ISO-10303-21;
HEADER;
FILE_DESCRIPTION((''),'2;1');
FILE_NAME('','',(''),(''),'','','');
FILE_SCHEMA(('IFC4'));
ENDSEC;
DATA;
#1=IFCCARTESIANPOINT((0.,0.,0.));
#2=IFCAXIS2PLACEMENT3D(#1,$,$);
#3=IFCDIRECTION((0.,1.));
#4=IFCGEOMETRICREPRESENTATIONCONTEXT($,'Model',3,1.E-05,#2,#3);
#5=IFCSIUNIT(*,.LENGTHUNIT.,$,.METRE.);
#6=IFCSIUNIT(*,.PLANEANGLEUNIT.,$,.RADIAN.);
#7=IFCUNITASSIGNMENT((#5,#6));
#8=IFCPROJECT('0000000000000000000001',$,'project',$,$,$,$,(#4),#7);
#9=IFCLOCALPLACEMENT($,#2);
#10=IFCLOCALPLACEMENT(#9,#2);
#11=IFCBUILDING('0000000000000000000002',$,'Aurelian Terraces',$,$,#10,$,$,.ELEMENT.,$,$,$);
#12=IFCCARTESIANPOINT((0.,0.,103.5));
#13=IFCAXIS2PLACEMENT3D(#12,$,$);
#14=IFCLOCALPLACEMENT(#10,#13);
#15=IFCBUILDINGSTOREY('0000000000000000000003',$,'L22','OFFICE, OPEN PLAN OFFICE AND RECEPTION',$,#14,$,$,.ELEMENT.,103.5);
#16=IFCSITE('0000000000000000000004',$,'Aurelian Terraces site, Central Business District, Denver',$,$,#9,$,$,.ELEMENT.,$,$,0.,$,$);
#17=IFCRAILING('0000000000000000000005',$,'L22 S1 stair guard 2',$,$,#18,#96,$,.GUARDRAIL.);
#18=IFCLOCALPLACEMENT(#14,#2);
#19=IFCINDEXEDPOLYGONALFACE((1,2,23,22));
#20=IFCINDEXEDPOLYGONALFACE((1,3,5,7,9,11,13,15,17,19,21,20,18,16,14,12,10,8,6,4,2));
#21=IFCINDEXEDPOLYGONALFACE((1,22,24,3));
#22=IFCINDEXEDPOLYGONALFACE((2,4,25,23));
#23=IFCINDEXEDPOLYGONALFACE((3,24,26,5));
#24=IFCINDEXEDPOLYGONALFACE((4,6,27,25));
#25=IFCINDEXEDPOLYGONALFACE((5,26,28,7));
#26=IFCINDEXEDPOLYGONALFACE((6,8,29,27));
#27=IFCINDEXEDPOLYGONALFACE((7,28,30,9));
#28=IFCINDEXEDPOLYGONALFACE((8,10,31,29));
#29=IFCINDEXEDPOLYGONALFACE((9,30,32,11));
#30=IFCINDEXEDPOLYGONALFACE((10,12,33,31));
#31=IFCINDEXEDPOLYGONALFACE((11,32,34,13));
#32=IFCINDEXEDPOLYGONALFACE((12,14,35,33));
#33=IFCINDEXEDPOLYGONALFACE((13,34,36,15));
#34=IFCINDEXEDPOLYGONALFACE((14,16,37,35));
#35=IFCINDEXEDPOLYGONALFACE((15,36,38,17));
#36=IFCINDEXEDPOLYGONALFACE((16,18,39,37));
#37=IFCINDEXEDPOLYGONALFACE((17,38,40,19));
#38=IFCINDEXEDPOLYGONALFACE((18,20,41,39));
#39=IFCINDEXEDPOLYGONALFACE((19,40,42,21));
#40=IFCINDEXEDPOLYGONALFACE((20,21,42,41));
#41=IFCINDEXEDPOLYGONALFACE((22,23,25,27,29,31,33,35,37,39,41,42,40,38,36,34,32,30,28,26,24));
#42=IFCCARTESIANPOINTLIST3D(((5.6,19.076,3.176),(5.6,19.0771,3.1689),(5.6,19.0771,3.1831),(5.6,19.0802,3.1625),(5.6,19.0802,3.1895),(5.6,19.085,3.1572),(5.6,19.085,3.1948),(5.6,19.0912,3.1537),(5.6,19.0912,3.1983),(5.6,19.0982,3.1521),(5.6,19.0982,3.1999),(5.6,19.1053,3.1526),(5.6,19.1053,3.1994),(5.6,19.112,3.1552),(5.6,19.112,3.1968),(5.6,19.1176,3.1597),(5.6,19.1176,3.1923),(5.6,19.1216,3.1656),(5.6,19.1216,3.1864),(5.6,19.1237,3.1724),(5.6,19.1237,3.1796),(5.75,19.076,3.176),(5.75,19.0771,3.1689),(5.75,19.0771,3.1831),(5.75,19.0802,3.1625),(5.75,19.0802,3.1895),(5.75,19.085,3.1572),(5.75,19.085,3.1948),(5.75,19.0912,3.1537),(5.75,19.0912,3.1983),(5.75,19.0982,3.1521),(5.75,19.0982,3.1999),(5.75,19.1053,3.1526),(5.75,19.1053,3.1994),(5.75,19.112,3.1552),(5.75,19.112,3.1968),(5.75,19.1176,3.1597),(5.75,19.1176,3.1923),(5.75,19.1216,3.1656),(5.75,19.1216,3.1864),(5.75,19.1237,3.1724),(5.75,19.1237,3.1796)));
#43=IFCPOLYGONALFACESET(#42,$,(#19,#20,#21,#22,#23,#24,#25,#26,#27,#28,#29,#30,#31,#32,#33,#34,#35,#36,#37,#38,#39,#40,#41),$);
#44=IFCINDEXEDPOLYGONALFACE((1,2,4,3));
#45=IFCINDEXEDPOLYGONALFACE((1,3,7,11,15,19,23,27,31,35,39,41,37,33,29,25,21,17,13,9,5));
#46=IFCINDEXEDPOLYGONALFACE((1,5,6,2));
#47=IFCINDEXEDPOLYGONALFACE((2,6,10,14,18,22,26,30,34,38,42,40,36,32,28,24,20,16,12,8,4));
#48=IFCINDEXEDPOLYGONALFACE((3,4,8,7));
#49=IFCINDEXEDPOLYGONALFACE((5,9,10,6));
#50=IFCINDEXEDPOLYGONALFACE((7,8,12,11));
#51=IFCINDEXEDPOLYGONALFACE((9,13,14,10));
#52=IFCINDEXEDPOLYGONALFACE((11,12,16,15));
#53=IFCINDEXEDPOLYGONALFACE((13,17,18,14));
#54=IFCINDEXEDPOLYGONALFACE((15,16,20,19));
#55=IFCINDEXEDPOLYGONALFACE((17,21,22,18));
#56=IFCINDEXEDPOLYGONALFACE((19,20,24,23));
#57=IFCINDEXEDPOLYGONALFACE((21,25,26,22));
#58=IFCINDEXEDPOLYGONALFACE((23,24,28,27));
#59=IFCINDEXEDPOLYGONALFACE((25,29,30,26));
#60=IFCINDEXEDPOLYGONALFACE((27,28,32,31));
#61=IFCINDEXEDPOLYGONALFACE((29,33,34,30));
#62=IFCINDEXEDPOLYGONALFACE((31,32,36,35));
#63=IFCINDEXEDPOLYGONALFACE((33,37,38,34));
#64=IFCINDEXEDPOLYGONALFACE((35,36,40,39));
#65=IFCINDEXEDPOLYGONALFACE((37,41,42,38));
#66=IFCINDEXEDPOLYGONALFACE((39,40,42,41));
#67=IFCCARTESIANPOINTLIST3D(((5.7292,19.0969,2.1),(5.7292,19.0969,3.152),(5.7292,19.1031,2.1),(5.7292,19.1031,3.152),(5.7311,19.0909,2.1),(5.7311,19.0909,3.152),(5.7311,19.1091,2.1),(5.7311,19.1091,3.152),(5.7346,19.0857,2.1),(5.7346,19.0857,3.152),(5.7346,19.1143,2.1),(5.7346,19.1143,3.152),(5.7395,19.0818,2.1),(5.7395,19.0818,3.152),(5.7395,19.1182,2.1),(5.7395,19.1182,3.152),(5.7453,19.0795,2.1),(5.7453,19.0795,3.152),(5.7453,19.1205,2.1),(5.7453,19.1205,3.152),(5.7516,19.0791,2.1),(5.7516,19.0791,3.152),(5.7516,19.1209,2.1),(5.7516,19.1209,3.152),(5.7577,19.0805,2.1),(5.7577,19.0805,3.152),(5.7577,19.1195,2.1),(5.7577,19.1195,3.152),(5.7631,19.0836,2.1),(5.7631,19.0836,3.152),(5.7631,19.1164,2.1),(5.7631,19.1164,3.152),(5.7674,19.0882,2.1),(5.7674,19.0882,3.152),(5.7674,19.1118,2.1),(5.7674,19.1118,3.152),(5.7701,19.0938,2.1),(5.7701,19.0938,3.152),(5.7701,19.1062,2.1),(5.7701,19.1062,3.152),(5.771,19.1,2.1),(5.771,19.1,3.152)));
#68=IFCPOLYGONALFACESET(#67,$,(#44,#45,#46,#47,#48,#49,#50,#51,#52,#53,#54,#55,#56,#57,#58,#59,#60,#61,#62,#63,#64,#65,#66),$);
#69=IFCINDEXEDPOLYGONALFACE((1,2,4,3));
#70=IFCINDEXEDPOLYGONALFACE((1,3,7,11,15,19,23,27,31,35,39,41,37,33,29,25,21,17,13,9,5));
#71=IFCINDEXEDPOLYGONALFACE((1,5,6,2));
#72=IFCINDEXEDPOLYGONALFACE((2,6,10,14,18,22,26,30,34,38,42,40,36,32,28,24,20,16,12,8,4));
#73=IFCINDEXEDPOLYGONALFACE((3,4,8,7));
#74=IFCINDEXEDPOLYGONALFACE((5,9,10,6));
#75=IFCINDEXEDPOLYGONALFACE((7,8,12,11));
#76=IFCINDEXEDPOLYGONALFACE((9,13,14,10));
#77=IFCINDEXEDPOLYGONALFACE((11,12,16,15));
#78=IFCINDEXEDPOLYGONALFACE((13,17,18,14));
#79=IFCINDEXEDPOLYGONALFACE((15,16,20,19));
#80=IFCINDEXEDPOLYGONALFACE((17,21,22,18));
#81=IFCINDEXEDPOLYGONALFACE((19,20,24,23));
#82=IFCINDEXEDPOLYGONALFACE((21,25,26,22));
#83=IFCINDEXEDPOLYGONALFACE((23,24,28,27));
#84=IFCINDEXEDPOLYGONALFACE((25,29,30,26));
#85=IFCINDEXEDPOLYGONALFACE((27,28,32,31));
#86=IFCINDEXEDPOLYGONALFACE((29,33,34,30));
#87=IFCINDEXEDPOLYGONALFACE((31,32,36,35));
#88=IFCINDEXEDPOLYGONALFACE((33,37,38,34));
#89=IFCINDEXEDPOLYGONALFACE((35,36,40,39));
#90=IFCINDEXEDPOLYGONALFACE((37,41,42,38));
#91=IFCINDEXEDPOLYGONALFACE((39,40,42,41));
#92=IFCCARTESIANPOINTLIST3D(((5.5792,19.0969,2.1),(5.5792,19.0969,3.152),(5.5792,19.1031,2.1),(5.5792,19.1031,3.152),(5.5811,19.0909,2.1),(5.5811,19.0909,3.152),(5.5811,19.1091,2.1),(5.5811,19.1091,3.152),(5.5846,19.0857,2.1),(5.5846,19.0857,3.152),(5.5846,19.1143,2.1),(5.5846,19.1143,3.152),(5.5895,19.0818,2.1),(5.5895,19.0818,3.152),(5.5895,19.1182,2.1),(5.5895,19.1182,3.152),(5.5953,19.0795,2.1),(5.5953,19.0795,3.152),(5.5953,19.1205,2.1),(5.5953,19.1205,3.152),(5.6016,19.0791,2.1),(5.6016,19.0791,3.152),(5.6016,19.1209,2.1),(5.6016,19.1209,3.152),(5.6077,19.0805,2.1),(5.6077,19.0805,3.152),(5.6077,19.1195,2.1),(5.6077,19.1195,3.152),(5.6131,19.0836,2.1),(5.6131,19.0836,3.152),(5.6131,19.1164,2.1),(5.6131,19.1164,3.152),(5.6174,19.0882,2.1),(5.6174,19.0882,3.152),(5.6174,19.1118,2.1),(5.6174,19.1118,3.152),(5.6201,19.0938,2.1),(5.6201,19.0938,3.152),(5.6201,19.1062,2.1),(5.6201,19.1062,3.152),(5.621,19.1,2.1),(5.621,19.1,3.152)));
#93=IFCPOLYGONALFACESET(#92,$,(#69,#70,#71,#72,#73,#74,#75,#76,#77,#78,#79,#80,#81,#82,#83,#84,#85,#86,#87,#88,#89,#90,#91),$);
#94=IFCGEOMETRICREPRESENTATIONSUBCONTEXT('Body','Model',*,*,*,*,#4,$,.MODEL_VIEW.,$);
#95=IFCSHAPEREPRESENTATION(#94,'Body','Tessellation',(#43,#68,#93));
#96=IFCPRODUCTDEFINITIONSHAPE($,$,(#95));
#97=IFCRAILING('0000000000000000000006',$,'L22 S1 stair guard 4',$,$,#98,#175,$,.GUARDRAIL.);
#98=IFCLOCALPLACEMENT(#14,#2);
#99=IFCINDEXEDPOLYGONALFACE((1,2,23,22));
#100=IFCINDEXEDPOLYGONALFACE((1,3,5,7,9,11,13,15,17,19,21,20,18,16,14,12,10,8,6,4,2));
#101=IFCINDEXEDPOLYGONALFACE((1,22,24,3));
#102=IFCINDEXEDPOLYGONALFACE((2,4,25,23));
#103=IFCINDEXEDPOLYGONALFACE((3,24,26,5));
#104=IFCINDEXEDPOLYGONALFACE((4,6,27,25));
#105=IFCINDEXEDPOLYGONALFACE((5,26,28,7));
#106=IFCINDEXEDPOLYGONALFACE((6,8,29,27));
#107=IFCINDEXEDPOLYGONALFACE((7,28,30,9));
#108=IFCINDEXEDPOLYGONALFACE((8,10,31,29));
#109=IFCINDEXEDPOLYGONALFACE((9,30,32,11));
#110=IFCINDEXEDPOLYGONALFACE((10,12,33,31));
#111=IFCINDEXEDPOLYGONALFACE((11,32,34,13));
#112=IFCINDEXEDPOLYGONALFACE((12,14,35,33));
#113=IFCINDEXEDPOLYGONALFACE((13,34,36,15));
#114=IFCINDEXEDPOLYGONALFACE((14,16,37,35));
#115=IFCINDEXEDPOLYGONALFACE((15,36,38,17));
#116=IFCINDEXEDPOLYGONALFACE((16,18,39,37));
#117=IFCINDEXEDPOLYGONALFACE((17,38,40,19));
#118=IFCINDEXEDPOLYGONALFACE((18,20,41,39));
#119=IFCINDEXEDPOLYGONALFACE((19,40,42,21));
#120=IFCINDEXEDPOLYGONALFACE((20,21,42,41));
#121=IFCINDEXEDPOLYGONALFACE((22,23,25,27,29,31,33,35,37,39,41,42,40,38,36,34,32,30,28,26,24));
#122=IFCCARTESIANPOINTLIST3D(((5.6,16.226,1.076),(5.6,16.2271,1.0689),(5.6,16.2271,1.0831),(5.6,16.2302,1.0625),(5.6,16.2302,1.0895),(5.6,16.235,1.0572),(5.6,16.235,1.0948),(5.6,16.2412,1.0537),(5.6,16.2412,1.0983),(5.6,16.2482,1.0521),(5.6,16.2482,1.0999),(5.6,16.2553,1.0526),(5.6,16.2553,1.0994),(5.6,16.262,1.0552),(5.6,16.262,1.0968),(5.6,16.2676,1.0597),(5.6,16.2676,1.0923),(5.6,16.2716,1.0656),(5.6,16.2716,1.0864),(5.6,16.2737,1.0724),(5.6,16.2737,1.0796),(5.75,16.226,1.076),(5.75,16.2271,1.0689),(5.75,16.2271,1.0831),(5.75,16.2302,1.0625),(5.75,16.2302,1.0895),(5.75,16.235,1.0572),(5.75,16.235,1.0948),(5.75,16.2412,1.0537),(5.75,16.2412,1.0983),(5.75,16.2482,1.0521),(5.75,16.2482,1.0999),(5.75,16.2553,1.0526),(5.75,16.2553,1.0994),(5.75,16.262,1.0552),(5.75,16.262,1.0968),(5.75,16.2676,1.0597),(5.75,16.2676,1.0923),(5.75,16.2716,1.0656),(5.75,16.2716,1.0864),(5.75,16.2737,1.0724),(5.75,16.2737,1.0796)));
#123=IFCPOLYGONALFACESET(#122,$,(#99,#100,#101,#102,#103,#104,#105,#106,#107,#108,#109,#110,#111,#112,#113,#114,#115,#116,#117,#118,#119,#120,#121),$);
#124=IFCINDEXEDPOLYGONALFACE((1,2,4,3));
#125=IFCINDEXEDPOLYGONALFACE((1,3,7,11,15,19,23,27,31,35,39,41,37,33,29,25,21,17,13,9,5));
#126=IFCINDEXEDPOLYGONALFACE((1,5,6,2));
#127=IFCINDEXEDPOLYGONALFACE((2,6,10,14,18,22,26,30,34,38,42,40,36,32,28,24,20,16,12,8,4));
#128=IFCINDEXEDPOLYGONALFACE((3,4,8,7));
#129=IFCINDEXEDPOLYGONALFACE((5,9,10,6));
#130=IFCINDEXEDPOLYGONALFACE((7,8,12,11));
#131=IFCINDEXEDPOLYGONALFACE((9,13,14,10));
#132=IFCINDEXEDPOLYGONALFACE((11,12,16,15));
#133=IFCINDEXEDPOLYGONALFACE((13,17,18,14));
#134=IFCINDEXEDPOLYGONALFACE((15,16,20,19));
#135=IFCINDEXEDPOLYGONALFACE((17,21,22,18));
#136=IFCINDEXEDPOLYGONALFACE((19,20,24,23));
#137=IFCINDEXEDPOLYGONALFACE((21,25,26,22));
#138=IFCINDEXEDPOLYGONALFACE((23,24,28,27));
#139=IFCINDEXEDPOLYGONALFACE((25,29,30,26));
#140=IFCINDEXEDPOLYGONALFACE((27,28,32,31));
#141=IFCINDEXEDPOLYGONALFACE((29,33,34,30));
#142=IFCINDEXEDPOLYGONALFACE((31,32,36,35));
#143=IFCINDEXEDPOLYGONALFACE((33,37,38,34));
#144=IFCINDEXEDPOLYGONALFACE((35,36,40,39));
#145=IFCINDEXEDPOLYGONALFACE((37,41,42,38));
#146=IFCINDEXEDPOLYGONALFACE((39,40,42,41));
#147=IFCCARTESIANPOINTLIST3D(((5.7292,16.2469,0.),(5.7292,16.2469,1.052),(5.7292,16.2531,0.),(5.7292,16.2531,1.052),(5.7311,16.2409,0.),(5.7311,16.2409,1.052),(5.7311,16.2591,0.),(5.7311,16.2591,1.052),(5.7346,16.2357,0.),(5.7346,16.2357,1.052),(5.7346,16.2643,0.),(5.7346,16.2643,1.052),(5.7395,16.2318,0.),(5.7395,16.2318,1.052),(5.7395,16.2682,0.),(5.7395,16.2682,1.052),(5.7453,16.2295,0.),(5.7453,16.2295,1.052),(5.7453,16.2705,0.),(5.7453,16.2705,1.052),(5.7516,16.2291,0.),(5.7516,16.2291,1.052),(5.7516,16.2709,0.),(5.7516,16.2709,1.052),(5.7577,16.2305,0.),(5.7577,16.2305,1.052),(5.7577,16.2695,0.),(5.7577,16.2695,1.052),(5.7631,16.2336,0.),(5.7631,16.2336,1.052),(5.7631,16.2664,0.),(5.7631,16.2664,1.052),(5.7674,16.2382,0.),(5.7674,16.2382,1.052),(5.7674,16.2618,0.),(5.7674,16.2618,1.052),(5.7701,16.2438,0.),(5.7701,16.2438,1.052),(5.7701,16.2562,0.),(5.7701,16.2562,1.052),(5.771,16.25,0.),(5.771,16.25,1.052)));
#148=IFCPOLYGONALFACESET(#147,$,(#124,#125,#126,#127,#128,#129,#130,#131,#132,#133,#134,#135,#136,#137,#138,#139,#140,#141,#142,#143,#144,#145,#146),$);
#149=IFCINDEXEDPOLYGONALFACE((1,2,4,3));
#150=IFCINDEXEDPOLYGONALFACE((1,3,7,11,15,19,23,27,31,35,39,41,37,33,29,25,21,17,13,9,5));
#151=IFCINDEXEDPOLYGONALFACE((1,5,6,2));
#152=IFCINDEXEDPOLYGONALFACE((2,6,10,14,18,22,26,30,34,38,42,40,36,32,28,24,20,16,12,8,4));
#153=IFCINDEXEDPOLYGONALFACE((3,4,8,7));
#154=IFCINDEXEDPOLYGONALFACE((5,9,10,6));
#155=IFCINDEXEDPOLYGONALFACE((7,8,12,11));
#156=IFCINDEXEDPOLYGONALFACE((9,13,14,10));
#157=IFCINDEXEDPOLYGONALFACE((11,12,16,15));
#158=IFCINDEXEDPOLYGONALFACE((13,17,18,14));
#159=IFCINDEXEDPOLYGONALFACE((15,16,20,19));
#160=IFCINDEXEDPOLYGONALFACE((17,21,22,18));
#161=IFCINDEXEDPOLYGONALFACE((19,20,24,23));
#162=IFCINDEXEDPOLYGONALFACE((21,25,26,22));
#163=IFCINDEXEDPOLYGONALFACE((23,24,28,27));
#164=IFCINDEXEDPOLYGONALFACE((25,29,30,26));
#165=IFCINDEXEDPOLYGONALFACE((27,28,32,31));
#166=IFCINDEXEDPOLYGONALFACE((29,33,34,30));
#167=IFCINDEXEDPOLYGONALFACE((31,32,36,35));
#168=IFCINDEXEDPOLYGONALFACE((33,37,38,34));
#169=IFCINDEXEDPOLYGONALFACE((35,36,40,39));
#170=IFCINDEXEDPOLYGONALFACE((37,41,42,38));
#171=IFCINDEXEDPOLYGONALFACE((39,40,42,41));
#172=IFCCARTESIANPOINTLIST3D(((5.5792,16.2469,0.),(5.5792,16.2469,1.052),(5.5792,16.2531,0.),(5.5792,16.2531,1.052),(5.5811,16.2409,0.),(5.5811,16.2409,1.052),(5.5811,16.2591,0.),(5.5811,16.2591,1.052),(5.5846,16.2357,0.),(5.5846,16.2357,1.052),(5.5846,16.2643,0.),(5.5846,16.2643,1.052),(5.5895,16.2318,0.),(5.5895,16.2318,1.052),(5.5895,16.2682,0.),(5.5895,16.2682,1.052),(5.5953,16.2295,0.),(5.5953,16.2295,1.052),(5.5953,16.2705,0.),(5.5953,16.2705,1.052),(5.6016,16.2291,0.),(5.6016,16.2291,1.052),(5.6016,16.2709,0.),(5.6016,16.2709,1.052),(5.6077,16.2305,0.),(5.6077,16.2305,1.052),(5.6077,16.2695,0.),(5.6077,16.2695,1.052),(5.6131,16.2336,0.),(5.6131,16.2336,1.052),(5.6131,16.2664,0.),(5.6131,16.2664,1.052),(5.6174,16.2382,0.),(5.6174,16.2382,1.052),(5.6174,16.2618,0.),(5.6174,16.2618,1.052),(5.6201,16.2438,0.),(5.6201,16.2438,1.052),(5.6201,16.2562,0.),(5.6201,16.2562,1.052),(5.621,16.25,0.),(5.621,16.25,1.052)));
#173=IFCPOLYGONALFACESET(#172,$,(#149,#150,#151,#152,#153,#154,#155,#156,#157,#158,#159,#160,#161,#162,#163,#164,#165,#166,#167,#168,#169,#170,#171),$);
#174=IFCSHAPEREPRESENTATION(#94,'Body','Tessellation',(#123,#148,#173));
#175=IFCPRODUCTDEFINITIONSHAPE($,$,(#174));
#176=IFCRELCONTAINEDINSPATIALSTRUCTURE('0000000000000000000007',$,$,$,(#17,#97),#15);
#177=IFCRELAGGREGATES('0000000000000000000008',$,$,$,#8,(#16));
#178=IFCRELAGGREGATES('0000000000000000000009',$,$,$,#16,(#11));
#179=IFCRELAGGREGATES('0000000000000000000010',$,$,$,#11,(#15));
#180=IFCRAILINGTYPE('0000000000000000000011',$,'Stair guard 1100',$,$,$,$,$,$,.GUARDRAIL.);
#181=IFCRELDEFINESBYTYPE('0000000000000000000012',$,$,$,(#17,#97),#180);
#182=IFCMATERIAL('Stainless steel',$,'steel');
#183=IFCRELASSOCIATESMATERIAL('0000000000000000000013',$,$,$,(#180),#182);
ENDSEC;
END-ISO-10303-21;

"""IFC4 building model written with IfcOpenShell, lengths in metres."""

from ifc_helpers import new_model, si_unit, direction, frame, origin, origin_2d, place, context, subcontext, project, spatial, circle, extrude, source, transform, mapped, material, type_object, element, save


model = new_model("IFC4")

# Units and contexts
model_context = context("Model", 3, precision=1e-05, world=origin(), true_north=direction((0.0, 1.0)))
body_context = subcontext(model_context, "Body", "Model", "MODEL_VIEW")
ifc_project = project(units=[si_unit("LENGTHUNIT", "METRE"), si_unit("PLANEANGLEUNIT", "RADIAN")], contexts=[model_context])

# Site, building, storey
site_placement = place(None, origin())
site = spatial("IfcSite", under=ifc_project, at=site_placement, Name="Aurelian Terraces site, Central Business District, Denver", CompositionType="ELEMENT", RefElevation=0.0)
building_placement = place(site_placement, origin())
building = spatial("IfcBuilding", under=site, at=building_placement, Name="Aurelian Terraces", CompositionType="ELEMENT")
storey_placement = place(building_placement, frame((0.0, 0.0, 103.5)))
storey = spatial("IfcBuildingStorey", under=building, at=storey_placement, Name="L22", Description="OFFICE, OPEN PLAN OFFICE AND RECEPTION", CompositionType="ELEMENT", Elevation=103.5)

# Railings
ifc_material_1 = material(Name="Stainless steel", Category="steel")
railing_type_1 = type_object("IfcRailingType", Name="Stair guard 1100", PredefinedType="GUARDRAIL", material=ifc_material_1)
shared_shape_1 = source(origin(), body_context, "Body", "SweptSolid", [
    extrude(circle(Radius=0.024, at=origin_2d()), frame((0.0, 0.0, 1.076), z_axis=(-1.0, 0.0, 0.0), x_axis=(0.0, -1.0, 0.0)), (0.0, 0.0, 1.0), 0.15),
    extrude(circle(Radius=0.021, at=origin_2d()), origin(), (0.0, 0.0, 1.0), 1.052),
    extrude(circle(Radius=0.021, at=origin_2d()), frame((-0.15, 0.0, 0.0)), (0.0, 0.0, 1.0), 1.052),
])
for number, where, name in (
    (1, (5.75, 19.1, 2.1), "L22 S1 stair guard 2"),
    (2, (5.75, 16.25, 0.0), "L22 S1 stair guard 4"),
):
    element("IfcRailing", number, at=place(storey_placement, frame(where)), inside=storey, type_object=railing_type_1, Name=name, PredefinedType="GUARDRAIL", context=body_context, shape_type="MappedRepresentation", body=[
        mapped(shared_shape_1, transform((0.0, 0.0, 0.0), scale=1.0)),
    ])

save(model, "model.ifc")
